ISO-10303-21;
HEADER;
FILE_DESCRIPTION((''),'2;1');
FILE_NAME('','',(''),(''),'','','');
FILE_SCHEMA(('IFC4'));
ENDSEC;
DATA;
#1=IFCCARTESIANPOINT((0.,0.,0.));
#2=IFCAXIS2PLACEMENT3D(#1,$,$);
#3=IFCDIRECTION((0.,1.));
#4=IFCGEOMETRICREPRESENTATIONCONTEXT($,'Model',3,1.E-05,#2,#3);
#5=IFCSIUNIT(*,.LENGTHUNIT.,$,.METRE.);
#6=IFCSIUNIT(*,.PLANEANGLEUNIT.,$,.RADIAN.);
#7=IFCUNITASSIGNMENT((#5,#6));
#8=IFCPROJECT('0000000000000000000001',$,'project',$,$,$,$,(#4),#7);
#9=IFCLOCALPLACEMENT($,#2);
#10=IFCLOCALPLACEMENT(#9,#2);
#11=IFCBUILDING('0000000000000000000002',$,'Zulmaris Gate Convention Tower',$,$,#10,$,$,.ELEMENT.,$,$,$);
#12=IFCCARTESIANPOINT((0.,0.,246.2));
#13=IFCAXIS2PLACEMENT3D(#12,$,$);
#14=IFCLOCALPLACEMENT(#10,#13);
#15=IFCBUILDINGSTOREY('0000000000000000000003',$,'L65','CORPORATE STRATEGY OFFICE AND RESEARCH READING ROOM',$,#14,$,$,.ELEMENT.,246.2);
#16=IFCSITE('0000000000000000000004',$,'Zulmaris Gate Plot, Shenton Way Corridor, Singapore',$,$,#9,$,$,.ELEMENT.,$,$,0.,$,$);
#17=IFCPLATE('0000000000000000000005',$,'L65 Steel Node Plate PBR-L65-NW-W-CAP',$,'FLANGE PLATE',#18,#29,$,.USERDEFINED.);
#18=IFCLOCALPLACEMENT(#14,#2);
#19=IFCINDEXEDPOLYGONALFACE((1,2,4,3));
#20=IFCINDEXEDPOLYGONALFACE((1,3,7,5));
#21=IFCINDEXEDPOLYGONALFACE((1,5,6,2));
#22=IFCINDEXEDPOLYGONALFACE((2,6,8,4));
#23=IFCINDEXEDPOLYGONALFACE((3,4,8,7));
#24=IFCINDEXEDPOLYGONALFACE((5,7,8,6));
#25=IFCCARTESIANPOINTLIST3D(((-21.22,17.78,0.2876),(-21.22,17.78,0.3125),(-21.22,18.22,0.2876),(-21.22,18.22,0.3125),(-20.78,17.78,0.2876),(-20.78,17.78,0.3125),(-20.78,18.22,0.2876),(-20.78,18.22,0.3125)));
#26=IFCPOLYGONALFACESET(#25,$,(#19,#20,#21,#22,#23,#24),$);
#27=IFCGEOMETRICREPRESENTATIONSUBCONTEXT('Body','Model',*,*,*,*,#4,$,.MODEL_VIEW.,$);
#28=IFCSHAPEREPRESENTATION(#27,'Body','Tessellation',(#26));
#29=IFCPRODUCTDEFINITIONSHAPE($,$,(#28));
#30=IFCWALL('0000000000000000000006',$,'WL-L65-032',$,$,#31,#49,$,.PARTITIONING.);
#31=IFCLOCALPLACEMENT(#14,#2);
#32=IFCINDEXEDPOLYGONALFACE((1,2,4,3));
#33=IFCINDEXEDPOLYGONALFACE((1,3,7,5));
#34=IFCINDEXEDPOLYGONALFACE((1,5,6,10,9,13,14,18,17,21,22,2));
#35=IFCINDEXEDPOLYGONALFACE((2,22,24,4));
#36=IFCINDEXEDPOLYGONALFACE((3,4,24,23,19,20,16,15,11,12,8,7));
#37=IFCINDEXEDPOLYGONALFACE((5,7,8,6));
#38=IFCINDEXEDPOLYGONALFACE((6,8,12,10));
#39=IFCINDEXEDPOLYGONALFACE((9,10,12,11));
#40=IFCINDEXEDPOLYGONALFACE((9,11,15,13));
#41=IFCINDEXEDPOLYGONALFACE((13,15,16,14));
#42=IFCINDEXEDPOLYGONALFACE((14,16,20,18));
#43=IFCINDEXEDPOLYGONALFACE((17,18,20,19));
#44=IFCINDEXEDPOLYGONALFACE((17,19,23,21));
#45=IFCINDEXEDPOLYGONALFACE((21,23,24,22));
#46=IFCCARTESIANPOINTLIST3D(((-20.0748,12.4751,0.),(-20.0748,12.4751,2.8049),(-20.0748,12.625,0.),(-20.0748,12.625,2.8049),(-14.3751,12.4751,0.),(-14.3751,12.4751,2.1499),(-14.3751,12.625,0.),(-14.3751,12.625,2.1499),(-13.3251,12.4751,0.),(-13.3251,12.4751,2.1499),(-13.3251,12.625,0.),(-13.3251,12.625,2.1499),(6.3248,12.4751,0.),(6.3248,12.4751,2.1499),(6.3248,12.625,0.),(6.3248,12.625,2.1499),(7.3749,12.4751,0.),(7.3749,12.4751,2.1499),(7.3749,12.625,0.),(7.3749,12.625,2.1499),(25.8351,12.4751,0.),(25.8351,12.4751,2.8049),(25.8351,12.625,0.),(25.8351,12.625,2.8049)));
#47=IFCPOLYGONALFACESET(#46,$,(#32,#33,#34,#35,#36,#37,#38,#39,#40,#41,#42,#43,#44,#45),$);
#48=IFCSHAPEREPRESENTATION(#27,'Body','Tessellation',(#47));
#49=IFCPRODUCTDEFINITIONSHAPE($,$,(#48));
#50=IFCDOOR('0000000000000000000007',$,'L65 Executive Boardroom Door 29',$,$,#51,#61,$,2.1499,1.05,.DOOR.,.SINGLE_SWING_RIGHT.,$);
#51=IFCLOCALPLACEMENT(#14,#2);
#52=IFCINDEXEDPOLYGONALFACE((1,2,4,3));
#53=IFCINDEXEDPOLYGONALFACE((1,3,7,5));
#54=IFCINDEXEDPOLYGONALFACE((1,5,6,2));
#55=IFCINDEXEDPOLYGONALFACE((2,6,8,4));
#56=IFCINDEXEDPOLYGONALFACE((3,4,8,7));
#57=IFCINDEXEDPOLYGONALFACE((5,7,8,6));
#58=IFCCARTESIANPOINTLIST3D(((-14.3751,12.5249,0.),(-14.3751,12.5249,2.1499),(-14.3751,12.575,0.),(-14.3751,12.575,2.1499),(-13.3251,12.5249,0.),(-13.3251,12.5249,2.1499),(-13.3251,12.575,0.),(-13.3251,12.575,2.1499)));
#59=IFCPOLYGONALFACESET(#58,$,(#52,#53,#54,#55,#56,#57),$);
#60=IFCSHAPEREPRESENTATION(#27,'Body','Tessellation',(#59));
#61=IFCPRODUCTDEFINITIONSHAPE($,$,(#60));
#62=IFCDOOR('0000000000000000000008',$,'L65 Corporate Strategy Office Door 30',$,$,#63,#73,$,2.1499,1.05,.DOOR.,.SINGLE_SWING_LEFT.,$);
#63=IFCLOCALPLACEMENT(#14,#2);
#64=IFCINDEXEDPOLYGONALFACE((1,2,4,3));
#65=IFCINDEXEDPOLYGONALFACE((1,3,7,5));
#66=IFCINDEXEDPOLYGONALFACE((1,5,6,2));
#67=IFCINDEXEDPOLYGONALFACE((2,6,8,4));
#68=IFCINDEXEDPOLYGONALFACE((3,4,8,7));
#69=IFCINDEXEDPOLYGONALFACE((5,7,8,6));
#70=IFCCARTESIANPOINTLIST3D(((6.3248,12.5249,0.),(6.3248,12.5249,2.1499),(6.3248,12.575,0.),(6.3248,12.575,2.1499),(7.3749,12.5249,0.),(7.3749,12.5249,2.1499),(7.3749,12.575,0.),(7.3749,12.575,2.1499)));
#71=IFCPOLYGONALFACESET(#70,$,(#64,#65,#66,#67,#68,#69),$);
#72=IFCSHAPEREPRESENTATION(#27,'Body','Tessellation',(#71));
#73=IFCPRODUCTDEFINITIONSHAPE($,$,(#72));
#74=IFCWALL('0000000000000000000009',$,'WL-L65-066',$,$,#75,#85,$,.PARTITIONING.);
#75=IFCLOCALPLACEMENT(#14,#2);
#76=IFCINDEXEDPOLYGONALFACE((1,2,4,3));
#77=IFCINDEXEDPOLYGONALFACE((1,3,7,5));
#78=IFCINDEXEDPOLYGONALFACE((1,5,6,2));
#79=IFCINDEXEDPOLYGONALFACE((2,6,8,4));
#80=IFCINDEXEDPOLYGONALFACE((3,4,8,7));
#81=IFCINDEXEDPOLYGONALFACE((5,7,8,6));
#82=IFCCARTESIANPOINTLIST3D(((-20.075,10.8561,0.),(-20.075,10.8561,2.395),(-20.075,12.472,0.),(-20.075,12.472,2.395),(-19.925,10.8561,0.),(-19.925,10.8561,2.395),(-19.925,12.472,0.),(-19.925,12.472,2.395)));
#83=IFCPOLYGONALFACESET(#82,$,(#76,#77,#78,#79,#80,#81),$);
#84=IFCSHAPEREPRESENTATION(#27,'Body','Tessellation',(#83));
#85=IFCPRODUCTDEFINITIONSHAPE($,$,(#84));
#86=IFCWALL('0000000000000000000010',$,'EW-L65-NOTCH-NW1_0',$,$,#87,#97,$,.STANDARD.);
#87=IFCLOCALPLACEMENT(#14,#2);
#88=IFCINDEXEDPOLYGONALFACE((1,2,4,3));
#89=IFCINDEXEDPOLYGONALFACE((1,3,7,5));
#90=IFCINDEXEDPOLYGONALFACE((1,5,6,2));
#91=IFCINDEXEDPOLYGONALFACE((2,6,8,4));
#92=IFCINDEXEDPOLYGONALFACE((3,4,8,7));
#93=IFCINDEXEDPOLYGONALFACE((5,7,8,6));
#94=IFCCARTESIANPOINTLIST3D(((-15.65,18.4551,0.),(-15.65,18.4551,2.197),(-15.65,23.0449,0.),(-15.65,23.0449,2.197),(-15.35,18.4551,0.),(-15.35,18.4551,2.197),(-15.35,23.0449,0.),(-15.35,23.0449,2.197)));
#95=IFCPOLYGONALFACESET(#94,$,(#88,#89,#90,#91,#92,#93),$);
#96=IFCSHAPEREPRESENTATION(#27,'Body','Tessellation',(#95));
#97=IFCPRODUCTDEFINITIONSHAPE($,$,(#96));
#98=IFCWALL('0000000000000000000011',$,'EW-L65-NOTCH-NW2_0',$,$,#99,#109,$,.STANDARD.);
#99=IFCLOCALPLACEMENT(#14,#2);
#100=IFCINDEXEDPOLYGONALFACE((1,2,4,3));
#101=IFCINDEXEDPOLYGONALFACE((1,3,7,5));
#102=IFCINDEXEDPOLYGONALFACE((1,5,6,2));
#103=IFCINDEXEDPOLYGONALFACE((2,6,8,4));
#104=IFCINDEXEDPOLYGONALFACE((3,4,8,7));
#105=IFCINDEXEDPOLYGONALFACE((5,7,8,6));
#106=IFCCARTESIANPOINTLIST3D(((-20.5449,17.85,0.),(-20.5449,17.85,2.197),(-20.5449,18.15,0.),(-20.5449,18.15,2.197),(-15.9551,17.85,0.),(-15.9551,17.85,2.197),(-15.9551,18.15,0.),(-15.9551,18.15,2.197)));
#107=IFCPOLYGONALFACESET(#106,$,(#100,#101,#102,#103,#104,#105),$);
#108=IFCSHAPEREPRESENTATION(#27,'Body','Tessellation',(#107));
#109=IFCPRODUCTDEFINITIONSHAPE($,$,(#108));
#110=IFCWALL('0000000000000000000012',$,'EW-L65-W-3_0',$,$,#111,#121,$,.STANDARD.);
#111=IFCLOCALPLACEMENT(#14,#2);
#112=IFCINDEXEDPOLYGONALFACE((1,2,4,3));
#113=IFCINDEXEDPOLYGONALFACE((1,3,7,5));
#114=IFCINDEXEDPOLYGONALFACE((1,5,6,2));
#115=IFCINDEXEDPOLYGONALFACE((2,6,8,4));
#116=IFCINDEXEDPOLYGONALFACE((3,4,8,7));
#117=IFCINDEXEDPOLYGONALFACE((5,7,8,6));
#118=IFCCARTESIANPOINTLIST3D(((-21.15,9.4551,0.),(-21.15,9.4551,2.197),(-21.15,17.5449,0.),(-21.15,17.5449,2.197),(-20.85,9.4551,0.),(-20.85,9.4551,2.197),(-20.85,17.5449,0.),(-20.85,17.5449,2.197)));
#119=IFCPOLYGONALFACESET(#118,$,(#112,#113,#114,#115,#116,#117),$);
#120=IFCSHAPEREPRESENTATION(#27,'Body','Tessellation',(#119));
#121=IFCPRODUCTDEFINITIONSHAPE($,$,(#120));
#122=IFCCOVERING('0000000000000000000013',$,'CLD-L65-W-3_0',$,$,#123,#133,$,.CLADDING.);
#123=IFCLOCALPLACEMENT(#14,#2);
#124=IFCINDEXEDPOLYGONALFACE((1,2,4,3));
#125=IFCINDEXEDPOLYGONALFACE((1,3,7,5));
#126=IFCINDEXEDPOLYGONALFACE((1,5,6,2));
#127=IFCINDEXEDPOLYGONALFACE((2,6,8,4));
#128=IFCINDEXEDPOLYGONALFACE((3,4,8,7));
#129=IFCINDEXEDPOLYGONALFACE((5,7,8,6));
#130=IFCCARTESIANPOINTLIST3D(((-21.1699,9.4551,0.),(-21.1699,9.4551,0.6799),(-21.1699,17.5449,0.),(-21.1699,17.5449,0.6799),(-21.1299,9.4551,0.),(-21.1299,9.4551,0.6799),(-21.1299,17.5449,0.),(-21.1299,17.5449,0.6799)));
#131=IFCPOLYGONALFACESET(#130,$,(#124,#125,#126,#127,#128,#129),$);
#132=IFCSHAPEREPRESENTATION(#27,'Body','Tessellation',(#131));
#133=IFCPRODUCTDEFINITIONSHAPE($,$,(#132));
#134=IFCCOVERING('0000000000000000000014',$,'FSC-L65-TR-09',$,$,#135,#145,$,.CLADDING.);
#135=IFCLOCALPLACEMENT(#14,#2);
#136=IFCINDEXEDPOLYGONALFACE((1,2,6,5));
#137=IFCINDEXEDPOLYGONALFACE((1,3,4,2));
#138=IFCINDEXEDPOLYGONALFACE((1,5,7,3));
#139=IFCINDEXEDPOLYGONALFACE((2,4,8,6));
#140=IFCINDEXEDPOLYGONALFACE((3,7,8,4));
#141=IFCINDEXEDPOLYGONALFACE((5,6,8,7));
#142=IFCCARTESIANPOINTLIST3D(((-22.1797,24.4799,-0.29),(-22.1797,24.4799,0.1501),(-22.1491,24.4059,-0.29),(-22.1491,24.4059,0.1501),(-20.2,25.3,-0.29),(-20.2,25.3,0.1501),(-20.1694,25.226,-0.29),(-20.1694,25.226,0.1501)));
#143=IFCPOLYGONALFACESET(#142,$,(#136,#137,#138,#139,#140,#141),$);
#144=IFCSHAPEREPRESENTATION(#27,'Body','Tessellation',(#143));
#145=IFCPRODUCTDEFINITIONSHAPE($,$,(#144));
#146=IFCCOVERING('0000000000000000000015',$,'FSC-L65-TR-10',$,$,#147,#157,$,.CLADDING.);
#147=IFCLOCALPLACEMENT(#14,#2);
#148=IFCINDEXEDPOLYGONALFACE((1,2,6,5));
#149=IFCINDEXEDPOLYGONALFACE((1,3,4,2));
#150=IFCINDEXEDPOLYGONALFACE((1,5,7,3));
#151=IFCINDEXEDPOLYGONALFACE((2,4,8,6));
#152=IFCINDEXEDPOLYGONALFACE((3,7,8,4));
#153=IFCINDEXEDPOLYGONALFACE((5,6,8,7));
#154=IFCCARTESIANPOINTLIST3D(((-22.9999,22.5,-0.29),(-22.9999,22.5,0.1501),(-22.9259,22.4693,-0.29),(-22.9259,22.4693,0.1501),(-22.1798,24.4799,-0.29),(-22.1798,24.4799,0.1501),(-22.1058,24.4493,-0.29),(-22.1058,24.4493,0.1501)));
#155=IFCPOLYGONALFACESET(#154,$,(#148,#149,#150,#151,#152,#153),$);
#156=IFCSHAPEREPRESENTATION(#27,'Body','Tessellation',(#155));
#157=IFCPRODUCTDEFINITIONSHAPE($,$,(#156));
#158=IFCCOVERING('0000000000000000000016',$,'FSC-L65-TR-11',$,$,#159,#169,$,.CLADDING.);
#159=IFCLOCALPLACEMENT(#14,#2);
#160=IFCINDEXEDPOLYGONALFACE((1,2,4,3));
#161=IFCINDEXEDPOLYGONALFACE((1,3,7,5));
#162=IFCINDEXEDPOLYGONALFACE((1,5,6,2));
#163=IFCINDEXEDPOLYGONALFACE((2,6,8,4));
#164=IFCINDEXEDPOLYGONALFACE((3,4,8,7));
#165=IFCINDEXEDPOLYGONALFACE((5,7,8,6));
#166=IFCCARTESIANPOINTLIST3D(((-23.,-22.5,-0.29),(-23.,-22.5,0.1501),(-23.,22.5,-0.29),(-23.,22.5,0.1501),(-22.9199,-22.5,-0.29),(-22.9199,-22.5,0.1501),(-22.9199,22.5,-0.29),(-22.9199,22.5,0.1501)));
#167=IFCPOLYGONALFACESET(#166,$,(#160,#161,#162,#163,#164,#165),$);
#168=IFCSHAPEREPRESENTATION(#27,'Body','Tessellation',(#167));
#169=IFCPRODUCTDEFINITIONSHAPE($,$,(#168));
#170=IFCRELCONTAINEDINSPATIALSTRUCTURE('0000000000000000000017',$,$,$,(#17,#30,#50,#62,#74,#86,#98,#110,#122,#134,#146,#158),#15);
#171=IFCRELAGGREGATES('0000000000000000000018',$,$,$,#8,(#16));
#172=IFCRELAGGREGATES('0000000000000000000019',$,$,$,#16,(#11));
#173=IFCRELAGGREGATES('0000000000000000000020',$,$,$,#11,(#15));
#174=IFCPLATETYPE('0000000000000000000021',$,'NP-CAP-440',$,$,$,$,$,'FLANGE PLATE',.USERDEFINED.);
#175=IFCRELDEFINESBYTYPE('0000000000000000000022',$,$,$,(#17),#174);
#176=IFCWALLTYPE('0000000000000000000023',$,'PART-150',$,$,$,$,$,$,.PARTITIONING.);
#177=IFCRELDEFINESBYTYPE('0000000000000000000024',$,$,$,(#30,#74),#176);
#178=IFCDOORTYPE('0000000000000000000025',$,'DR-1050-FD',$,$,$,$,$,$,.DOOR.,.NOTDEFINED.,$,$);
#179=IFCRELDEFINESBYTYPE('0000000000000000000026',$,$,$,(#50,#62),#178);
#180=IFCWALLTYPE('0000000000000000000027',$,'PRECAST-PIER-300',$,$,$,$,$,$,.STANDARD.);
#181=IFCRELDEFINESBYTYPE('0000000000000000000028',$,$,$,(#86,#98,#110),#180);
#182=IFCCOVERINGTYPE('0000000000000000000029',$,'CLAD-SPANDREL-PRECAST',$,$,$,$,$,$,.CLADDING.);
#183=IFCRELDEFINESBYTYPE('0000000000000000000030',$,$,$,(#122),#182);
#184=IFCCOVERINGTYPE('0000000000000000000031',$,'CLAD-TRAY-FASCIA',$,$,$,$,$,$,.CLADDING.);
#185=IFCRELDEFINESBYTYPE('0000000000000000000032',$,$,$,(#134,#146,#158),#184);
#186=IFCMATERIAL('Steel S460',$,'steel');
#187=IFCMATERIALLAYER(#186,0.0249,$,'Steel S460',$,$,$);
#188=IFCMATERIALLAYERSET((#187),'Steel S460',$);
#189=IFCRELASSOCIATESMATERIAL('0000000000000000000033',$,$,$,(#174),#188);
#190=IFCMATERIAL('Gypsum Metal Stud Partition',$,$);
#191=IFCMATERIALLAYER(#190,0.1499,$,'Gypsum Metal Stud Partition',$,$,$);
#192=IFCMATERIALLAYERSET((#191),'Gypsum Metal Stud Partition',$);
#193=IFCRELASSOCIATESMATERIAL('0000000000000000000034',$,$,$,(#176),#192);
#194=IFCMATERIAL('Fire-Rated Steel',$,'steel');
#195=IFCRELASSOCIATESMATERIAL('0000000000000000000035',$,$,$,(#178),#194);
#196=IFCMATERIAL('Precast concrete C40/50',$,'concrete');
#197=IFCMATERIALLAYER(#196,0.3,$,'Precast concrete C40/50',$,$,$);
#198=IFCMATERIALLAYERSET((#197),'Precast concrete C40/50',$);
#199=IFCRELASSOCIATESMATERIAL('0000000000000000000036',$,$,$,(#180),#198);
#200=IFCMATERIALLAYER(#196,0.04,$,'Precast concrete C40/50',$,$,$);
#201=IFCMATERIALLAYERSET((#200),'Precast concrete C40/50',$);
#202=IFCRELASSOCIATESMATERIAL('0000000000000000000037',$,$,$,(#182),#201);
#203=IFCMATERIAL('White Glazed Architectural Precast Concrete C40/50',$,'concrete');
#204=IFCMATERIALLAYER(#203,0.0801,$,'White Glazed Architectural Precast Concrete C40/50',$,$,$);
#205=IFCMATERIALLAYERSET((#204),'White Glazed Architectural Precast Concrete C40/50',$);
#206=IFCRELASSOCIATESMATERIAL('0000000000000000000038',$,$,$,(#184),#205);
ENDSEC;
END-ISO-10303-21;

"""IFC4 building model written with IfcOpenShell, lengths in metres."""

from ifc_helpers import new_model, si_unit, direction, frame, frame_2d, origin, origin_2d, place, context, subcontext, project, spatial, rectangle, extrude, material, layer, layer_set, type_object, element, fill, save


model = new_model("IFC4")

# Units and contexts
model_context = context("Model", 3, precision=1e-05, world=origin(), true_north=direction((0.0, 1.0)))
body_context = subcontext(model_context, "Body", "Model", "MODEL_VIEW")
ifc_project = project(units=[si_unit("LENGTHUNIT", "METRE"), si_unit("PLANEANGLEUNIT", "RADIAN")], contexts=[model_context])

# Site, building, storey
site_placement = place(None, origin())
site = spatial("IfcSite", under=ifc_project, at=site_placement, Name="Zulmaris Gate Plot, Shenton Way Corridor, Singapore", CompositionType="ELEMENT", RefElevation=0.0)
building_placement = place(site_placement, origin())
building = spatial("IfcBuilding", under=site, at=building_placement, Name="Zulmaris Gate Convention Tower", CompositionType="ELEMENT")
storey_placement = place(building_placement, frame((0.0, 0.0, 246.2)))
storey = spatial("IfcBuildingStorey", under=building, at=storey_placement, Name="L65", Description="CORPORATE STRATEGY OFFICE AND RESEARCH READING ROOM", CompositionType="ELEMENT", Elevation=246.2)

# Plate
ifc_material_1 = material(Name="Steel S460", Category="steel")
ifc_layer_1 = layer(ifc_material_1, 0.0249, Name="Steel S460")
ifc_layer_set_1 = layer_set([ifc_layer_1], Name="Steel S460")
plate_type = type_object("IfcPlateType", Name="NP-CAP-440", ElementType="FLANGE PLATE", PredefinedType="USERDEFINED", material=ifc_layer_set_1)
plate_placement = place(storey_placement, frame((-21.0, 18.0, 0.2876), z_axis=(0.0, 0.0, 1.0), x_axis=(1.0, 0.0, 0.0)))
element("IfcPlate", 1, at=plate_placement, inside=storey, type_object=plate_type, Name="L65 Steel Node Plate PBR-L65-NW-W-CAP", ObjectType="FLANGE PLATE", PredefinedType="USERDEFINED", context=body_context, shape_type="SweptSolid", body=[
    extrude(rectangle(XDim=0.4399, YDim=0.4399, at=origin_2d()), origin(), (0.0, 0.0, 1.0), 0.0249),
])

# Wall, openings, doors
ifc_material_2 = material(Name="Fire-Rated Steel", Category="steel")
ifc_material_3 = material(Name="Gypsum Metal Stud Partition")
ifc_layer_2 = layer(ifc_material_3, 0.1499, Name="Gypsum Metal Stud Partition")
ifc_layer_set_2 = layer_set([ifc_layer_2], Name="Gypsum Metal Stud Partition")
wall_type_1 = type_object("IfcWallType", Name="PART-150", PredefinedType="PARTITIONING", material=ifc_layer_set_2)
wall_1_placement = place(storey_placement, frame((-20.075, 12.55, 0.0), z_axis=(0.0, 0.0, 1.0), x_axis=(1.0, 0.0, 0.0)))
wall_1 = element("IfcWall", 2, at=wall_1_placement, inside=storey, type_object=wall_type_1, Name="WL-L65-032", PredefinedType="PARTITIONING", context=body_context, shape_type="SweptSolid", body=[
    extrude(rectangle(XDim=45.9099, YDim=0.1499, at=frame_2d((22.9551, 0.0))), origin(), (0.0, 0.0, 1.0), 2.8049),
])
opening_1_placement = place(wall_1_placement, frame((5.7, 0.0, 0.0)))
opening_1 = element("IfcOpeningElement", 3, at=opening_1_placement, cuts=wall_1, PredefinedType="OPENING", context=body_context, shape_type="SweptSolid", body=[
    extrude(rectangle(XDim=1.05, YDim=2.1499, at=frame_2d((0.5249, 1.075))), frame((0.0, 0.085, 0.0), z_axis=(0.0, -1.0, 0.0), x_axis=(1.0, 0.0, 0.0)), (0.0, 0.0, 1.0), 0.1699),
])
opening_2_placement = place(wall_1_placement, frame((26.3999, 0.0, 0.0)))
opening_2 = element("IfcOpeningElement", 4, at=opening_2_placement, cuts=wall_1, PredefinedType="OPENING", context=body_context, shape_type="SweptSolid", body=[
    extrude(rectangle(XDim=1.05, YDim=2.1499, at=frame_2d((0.5249, 1.075))), frame((0.0, 0.085, 0.0), z_axis=(0.0, -1.0, 0.0), x_axis=(1.0, 0.0, 0.0)), (0.0, 0.0, 1.0), 0.1699),
])
door_type_1 = type_object("IfcDoorType", Name="DR-1050-FD", OperationType="NOTDEFINED", PredefinedType="DOOR", material=ifc_material_2)
door_1_placement = place(opening_1_placement, origin())
door_1 = element("IfcDoor", 5, at=door_1_placement, inside=storey, type_object=door_type_1, Name="L65 Executive Boardroom Door 29", OperationType="SINGLE_SWING_RIGHT", OverallHeight=2.1499, OverallWidth=1.05, PredefinedType="DOOR", context=body_context, shape_type="SweptSolid", body=[
    extrude(rectangle(XDim=1.05, YDim=2.1499, at=frame_2d((0.5249, 1.075))), frame((0.0, 0.0249, 0.0), z_axis=(0.0, -1.0, 0.0), x_axis=(1.0, 0.0, 0.0)), (0.0, 0.0, 1.0), 0.05),
])
fill(opening_1, door_1)
door_2_placement = place(opening_2_placement, origin())
door_2 = element("IfcDoor", 6, at=door_2_placement, inside=storey, type_object=door_type_1, Name="L65 Corporate Strategy Office Door 30", OperationType="SINGLE_SWING_LEFT", OverallHeight=2.1499, OverallWidth=1.05, PredefinedType="DOOR", context=body_context, shape_type="SweptSolid", body=[
    extrude(rectangle(XDim=1.05, YDim=2.1499, at=frame_2d((0.5249, 1.075))), frame((0.0, 0.0249, 0.0), z_axis=(0.0, -1.0, 0.0), x_axis=(1.0, 0.0, 0.0)), (0.0, 0.0, 1.0), 0.05),
])
fill(opening_2, door_2)

# Walls
wall_2_placement = place(storey_placement, frame((-20.0, 10.856, 0.0), z_axis=(0.0, 0.0, 1.0), x_axis=(0.0, 1.0, 0.0)))
element("IfcWall", 7, at=wall_2_placement, inside=storey, type_object=wall_type_1, Name="WL-L65-066", PredefinedType="PARTITIONING", context=body_context, shape_type="SweptSolid", body=[
    extrude(rectangle(XDim=1.616, YDim=0.1499, at=frame_2d((0.8081, 0.0))), origin(), (0.0, 0.0, 1.0), 2.395),
])
ifc_material_4 = material(Name="Precast concrete C40/50", Category="concrete")
ifc_layer_3 = layer(ifc_material_4, 0.3, Name="Precast concrete C40/50")
ifc_layer_set_3 = layer_set([ifc_layer_3], Name="Precast concrete C40/50")
wall_type_2 = type_object("IfcWallType", Name="PRECAST-PIER-300", PredefinedType="STANDARD", material=ifc_layer_set_3)
for number, where, z_axis, x_axis, name in (
    (8, (-15.5, 23.0449, 0.0), (0.0, 0.0, 1.0), (0.0, -1.0, 0.0), "EW-L65-NOTCH-NW1_0"),
    (9, (-15.9551, 18.0, 0.0), (0.0, 0.0, 1.0), (-1.0, 0.0, 0.0), "EW-L65-NOTCH-NW2_0"),
):
    element("IfcWall", number, at=place(storey_placement, frame(where, z_axis=z_axis, x_axis=x_axis)), inside=storey, type_object=wall_type_2, Name=name, PredefinedType="STANDARD", context=body_context, shape_type="SweptSolid", body=[
        extrude(rectangle(XDim=4.5898, YDim=0.3, at=frame_2d((2.2949, 0.0))), origin(), (0.0, 0.0, 1.0), 2.197),
    ])
wall_3_placement = place(storey_placement, frame((-21.0, 17.5449, 0.0), z_axis=(0.0, 0.0, 1.0), x_axis=(0.0, -1.0, 0.0)))
element("IfcWall", 10, at=wall_3_placement, inside=storey, type_object=wall_type_2, Name="EW-L65-W-3_0", PredefinedType="STANDARD", context=body_context, shape_type="SweptSolid", body=[
    extrude(rectangle(XDim=8.0898, YDim=0.3, at=frame_2d((4.0449, 0.0))), origin(), (0.0, 0.0, 1.0), 2.197),
])

# Coverings
ifc_layer_4 = layer(ifc_material_4, 0.04, Name="Precast concrete C40/50")
ifc_layer_set_4 = layer_set([ifc_layer_4], Name="Precast concrete C40/50")
covering_type_1 = type_object("IfcCoveringType", Name="CLAD-SPANDREL-PRECAST", PredefinedType="CLADDING", material=ifc_layer_set_4)
covering_1_placement = place(storey_placement, frame((-21.1499, 17.5449, 0.0), z_axis=(0.0, 0.0, 1.0), x_axis=(0.0, -1.0, 0.0)))
element("IfcCovering", 11, at=covering_1_placement, inside=storey, type_object=covering_type_1, Name="CLD-L65-W-3_0", PredefinedType="CLADDING", context=body_context, shape_type="SweptSolid", body=[
    extrude(rectangle(XDim=8.0898, YDim=0.04, at=frame_2d((4.0449, 0.0))), origin(), (0.0, 0.0, 1.0), 0.6799),
])
ifc_material_5 = material(Name="White Glazed Architectural Precast Concrete C40/50", Category="concrete")
ifc_layer_5 = layer(ifc_material_5, 0.0801, Name="White Glazed Architectural Precast Concrete C40/50")
ifc_layer_set_5 = layer_set([ifc_layer_5], Name="White Glazed Architectural Precast Concrete C40/50")
covering_type_2 = type_object("IfcCoveringType", Name="CLAD-TRAY-FASCIA", PredefinedType="CLADDING", material=ifc_layer_set_5)
covering_2_placement = place(storey_placement, frame((-20.1848, 25.2629, -0.29), z_axis=(0.0, 0.0, 1.0), x_axis=(-0.923874, -0.382697, 0.0)))
element("IfcCovering", 12, at=covering_2_placement, inside=storey, type_object=covering_type_2, Name="FSC-L65-TR-09", PredefinedType="CLADDING", context=body_context, shape_type="SweptSolid", body=[
    extrude(rectangle(XDim=2.1428, YDim=0.0801, at=frame_2d((1.0713, 0.0))), origin(), (0.0, 0.0, 1.0), 0.4402),
])
covering_3_placement = place(storey_placement, frame((-22.1428, 24.4646, -0.29), z_axis=(0.0, 0.0, 1.0), x_axis=(-0.382657, -0.92389, 0.0)))
element("IfcCovering", 13, at=covering_3_placement, inside=storey, type_object=covering_type_2, Name="FSC-L65-TR-10", PredefinedType="CLADDING", context=body_context, shape_type="SweptSolid", body=[
    extrude(rectangle(XDim=2.1431, YDim=0.0801, at=frame_2d((1.0715, 0.0))), origin(), (0.0, 0.0, 1.0), 0.4402),
])
covering_4_placement = place(storey_placement, frame((-22.96, 22.5, -0.29), z_axis=(0.0, 0.0, 1.0), x_axis=(0.0, -1.0, 0.0)))
element("IfcCovering", 14, at=covering_4_placement, inside=storey, type_object=covering_type_2, Name="FSC-L65-TR-11", PredefinedType="CLADDING", context=body_context, shape_type="SweptSolid", body=[
    extrude(rectangle(XDim=45.0, YDim=0.0801, at=frame_2d((22.5, 0.0))), origin(), (0.0, 0.0, 1.0), 0.4402),
])

save(model, "model.ifc")
